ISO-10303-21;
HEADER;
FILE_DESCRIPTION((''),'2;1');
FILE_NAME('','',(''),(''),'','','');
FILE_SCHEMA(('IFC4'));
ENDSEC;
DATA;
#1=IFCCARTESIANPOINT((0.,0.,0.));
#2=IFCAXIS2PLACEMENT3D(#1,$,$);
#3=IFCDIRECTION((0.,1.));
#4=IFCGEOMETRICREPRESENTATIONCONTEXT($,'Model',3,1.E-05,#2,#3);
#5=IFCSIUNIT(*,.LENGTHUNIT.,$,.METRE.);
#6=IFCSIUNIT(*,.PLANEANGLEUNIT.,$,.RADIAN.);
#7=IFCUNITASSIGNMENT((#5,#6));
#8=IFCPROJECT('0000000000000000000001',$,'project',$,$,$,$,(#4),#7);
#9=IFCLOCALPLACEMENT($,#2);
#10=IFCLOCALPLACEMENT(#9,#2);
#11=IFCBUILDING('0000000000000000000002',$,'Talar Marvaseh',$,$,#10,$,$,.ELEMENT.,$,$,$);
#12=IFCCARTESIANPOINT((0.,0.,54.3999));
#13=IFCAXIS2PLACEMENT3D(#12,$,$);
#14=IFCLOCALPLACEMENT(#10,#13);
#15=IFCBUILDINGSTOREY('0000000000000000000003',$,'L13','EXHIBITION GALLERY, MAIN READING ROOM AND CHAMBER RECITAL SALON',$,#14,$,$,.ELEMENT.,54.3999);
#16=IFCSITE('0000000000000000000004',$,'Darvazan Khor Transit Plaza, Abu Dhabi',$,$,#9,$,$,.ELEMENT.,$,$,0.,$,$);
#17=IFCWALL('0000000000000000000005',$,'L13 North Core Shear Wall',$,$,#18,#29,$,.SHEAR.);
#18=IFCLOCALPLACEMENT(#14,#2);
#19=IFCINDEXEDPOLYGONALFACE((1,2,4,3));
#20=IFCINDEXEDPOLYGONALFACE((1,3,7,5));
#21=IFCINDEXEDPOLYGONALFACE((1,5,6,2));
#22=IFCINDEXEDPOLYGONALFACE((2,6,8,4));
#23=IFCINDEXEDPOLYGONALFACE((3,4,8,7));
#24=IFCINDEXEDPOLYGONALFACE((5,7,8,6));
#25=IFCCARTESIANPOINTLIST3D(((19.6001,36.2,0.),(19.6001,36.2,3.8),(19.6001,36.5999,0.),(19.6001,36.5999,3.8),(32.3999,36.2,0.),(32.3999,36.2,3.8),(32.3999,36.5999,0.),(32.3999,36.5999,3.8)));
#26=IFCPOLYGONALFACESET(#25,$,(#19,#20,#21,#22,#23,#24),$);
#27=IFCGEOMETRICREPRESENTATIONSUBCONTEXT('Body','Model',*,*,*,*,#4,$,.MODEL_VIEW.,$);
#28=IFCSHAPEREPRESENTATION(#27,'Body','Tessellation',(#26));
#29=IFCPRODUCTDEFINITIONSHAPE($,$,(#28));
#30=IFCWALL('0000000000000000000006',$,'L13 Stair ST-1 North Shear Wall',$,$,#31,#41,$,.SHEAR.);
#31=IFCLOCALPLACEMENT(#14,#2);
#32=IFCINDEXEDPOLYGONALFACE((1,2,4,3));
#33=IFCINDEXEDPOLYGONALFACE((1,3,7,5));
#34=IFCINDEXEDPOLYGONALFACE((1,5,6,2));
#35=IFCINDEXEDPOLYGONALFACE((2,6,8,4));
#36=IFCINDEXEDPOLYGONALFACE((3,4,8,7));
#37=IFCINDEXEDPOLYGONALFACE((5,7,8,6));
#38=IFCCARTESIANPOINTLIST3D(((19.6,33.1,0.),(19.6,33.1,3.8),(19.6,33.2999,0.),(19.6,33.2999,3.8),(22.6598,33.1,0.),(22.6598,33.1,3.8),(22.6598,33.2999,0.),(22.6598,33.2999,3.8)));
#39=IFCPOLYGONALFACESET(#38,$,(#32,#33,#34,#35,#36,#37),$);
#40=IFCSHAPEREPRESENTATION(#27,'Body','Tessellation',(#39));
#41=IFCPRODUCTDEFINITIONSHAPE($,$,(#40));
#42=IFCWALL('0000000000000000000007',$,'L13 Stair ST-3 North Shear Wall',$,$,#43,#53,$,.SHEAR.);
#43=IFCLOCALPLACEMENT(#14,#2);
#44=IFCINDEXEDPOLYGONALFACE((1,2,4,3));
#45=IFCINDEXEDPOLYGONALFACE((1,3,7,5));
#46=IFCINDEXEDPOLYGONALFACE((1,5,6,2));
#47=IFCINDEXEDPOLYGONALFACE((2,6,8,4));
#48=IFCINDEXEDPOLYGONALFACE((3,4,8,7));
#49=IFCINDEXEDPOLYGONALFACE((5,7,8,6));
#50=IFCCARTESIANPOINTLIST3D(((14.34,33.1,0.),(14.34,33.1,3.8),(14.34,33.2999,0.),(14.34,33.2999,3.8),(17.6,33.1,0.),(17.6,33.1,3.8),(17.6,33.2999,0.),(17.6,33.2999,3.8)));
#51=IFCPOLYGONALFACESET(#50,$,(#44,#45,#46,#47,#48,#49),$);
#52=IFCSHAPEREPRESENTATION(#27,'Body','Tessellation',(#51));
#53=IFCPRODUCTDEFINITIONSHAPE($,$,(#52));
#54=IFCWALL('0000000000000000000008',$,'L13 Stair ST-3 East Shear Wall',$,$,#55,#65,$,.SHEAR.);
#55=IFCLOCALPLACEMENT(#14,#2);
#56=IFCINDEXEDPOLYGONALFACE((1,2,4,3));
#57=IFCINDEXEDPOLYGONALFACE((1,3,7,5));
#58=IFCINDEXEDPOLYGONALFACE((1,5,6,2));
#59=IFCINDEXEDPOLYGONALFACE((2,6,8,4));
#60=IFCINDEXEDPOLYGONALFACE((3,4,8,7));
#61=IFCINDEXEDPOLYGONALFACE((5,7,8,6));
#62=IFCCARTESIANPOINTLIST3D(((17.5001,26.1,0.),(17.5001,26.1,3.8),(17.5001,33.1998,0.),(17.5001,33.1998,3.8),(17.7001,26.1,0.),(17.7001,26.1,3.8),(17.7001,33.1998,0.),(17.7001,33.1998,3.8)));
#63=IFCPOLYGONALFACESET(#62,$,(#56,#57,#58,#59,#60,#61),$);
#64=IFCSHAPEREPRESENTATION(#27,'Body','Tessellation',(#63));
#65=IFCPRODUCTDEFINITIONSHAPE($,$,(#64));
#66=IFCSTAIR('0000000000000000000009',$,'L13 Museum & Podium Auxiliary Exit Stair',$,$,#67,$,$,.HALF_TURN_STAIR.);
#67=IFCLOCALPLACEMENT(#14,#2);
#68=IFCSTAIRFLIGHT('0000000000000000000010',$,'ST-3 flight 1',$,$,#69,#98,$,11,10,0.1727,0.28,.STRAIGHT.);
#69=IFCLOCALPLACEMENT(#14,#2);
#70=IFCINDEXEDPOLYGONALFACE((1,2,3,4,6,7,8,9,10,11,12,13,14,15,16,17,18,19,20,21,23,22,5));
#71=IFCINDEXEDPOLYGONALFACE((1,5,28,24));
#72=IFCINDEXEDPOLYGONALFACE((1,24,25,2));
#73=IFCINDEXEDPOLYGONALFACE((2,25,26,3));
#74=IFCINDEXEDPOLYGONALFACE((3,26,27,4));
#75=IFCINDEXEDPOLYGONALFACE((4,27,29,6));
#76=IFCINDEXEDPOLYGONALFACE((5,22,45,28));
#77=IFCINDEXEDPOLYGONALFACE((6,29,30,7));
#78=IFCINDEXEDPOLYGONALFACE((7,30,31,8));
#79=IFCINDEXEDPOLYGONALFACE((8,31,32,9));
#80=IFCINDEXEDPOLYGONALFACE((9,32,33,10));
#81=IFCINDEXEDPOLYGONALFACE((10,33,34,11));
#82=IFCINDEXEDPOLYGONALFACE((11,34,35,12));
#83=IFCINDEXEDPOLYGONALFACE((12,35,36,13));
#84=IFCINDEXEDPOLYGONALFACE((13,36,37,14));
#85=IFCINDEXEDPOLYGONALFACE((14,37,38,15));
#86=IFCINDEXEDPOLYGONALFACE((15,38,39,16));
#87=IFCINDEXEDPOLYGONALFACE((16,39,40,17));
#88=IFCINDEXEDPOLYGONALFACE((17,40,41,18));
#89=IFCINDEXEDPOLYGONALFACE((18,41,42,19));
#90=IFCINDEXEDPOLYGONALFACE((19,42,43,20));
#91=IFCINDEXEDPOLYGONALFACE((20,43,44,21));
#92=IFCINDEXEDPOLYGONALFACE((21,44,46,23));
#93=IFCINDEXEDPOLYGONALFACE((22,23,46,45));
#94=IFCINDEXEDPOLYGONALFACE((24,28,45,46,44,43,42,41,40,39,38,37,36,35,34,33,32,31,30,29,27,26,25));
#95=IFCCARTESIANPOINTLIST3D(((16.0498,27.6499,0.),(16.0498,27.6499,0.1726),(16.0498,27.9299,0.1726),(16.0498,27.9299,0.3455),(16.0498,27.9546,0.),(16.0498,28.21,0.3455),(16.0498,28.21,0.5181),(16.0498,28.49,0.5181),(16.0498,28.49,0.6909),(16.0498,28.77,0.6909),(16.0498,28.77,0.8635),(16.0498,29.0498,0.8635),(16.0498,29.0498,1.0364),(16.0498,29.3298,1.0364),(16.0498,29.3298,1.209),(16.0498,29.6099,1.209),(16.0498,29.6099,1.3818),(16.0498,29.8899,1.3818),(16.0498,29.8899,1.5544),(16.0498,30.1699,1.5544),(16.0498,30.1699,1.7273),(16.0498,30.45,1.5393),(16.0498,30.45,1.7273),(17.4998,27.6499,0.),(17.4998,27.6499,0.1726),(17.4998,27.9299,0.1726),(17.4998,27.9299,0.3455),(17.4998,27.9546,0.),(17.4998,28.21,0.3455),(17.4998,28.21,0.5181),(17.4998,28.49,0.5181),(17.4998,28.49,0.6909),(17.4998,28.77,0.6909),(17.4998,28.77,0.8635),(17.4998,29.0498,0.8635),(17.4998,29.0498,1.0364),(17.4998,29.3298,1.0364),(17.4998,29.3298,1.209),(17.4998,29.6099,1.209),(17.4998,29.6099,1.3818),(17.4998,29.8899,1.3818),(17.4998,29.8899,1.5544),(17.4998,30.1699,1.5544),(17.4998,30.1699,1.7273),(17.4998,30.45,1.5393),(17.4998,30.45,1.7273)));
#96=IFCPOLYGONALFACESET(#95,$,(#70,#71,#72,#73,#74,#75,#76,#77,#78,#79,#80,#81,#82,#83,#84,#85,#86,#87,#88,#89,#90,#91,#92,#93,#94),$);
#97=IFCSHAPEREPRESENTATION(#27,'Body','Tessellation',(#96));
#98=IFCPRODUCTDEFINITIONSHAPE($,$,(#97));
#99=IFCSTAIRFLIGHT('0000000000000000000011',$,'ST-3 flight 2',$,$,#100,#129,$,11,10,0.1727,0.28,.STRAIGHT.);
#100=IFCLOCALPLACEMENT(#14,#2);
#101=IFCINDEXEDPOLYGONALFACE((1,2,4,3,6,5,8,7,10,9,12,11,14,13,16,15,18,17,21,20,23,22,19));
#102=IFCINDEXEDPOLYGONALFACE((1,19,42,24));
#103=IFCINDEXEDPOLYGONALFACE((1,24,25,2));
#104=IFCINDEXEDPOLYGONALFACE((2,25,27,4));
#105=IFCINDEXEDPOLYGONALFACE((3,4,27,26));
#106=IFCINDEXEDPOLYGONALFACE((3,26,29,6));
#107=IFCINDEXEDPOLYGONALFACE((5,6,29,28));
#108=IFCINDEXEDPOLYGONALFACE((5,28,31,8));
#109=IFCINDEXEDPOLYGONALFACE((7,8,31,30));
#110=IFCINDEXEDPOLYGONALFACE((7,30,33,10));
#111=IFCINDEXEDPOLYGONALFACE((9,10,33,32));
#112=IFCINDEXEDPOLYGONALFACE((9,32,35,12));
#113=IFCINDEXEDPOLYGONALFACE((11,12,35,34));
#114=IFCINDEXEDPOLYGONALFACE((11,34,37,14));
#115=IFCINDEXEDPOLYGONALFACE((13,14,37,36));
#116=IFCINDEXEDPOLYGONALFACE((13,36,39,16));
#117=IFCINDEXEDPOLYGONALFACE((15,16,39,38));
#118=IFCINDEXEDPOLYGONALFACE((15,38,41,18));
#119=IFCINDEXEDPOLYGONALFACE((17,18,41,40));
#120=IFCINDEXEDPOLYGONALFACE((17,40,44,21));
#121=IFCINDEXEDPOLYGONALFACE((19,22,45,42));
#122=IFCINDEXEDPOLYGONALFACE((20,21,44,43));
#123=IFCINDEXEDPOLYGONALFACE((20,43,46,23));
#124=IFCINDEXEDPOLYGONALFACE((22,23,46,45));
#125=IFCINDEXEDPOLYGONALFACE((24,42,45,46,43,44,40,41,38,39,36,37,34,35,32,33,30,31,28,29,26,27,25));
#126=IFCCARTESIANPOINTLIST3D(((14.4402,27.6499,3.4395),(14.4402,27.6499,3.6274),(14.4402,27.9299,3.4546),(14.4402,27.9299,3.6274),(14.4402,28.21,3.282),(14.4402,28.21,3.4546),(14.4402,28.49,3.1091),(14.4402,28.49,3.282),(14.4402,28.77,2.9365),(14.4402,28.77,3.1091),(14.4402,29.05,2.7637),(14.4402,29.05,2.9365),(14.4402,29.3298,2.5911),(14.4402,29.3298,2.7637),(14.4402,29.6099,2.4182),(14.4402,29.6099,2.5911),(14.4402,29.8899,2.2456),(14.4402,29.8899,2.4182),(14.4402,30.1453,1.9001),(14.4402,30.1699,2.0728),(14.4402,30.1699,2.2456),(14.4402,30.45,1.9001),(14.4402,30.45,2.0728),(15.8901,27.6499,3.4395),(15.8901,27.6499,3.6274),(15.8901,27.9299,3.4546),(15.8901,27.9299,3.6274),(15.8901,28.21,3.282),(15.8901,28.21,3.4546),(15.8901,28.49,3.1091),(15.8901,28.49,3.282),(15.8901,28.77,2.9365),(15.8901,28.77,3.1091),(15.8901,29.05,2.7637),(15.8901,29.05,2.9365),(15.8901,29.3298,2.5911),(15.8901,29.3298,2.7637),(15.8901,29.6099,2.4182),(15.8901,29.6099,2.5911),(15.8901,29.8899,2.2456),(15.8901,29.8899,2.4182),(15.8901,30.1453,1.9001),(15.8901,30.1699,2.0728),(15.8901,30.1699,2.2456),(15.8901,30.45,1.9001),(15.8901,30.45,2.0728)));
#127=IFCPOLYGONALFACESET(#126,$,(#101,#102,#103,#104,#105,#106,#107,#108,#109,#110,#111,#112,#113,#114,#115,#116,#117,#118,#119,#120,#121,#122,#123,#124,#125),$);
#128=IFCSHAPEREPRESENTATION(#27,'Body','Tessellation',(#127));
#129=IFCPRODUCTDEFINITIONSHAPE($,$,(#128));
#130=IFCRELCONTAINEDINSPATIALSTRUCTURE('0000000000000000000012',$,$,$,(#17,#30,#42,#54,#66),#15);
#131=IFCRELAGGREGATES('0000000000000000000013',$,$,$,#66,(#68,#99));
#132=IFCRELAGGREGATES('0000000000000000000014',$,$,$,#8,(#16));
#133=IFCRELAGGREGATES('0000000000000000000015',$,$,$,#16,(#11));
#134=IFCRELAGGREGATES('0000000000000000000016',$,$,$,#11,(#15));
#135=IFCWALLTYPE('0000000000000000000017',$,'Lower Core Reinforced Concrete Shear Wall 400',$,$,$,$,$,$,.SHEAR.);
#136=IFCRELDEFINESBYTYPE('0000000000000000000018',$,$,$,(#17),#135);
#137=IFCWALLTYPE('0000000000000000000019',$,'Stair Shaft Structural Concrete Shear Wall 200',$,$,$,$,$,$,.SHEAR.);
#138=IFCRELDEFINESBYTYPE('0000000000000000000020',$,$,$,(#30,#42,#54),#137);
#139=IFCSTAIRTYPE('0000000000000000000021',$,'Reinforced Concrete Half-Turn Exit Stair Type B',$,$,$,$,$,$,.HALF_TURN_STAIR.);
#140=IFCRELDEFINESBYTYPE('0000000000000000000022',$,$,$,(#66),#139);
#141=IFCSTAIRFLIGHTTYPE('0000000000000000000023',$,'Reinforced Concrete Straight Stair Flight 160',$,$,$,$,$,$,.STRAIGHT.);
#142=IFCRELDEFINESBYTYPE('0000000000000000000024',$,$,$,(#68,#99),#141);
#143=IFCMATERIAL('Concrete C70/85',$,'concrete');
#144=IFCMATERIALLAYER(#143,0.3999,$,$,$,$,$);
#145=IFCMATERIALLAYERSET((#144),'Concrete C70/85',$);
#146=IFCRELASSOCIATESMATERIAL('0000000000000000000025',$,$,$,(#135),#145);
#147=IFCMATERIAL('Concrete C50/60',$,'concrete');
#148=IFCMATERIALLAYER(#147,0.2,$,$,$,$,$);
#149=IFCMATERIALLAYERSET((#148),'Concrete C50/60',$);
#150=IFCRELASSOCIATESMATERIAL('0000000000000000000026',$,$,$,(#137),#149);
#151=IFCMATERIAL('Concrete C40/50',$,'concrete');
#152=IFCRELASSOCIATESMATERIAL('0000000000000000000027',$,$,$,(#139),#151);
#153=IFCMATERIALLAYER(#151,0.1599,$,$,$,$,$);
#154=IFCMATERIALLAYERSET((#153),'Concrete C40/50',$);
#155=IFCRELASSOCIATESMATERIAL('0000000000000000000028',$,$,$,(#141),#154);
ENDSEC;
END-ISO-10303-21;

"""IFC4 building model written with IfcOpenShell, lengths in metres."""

from ifc_helpers import new_model, si_unit, direction, frame, frame_2d, origin, place, context, subcontext, project, spatial, polyline, rectangle, outline, extrude, material, layer, layer_set, type_object, element, aggregate, save


model = new_model("IFC4")

# Units and contexts
model_context = context("Model", 3, precision=1e-05, world=origin(), true_north=direction((0.0, 1.0)))
body_context = subcontext(model_context, "Body", "Model", "MODEL_VIEW")
ifc_project = project(units=[si_unit("LENGTHUNIT", "METRE"), si_unit("PLANEANGLEUNIT", "RADIAN")], contexts=[model_context])

# Site, building, storey
site_placement = place(None, origin())
site = spatial("IfcSite", under=ifc_project, at=site_placement, Name="Darvazan Khor Transit Plaza, Abu Dhabi", CompositionType="ELEMENT", RefElevation=0.0)
building_placement = place(site_placement, origin())
building = spatial("IfcBuilding", under=site, at=building_placement, Name="Talar Marvaseh", CompositionType="ELEMENT")
storey_placement = place(building_placement, frame((0.0, 0.0, 54.3999)))
storey = spatial("IfcBuildingStorey", under=building, at=storey_placement, Name="L13", Description="EXHIBITION GALLERY, MAIN READING ROOM AND CHAMBER RECITAL SALON", CompositionType="ELEMENT", Elevation=54.3999)

# Shared definitions
ifc_material_1 = material(Name="Concrete C70/85", Category="concrete")

# Shared definitions
ifc_material_2 = material(Name="Concrete C40/50", Category="concrete")

# Walls
ifc_layer_1 = layer(ifc_material_1, 0.3999)
ifc_layer_set_1 = layer_set([ifc_layer_1], Name="Concrete C70/85")
wall_type_1 = type_object("IfcWallType", Name="Lower Core Reinforced Concrete Shear Wall 400", PredefinedType="SHEAR", material=ifc_layer_set_1)
wall_1_placement = place(storey_placement, frame((19.6001, 36.3999, 0.0), z_axis=(0.0, 0.0, 1.0), x_axis=(1.0, 0.0, 0.0)))
element("IfcWall", 1, at=wall_1_placement, inside=storey, type_object=wall_type_1, Name="L13 North Core Shear Wall", PredefinedType="SHEAR", context=body_context, shape_type="SweptSolid", body=[
    extrude(rectangle(XDim=12.7998, YDim=0.3999, at=frame_2d((6.3999, 0.0))), origin(), (0.0, 0.0, 1.0), 3.8),
])
ifc_material_3 = material(Name="Concrete C50/60", Category="concrete")
ifc_layer_2 = layer(ifc_material_3, 0.2)
ifc_layer_set_2 = layer_set([ifc_layer_2], Name="Concrete C50/60")
wall_type_2 = type_object("IfcWallType", Name="Stair Shaft Structural Concrete Shear Wall 200", PredefinedType="SHEAR", material=ifc_layer_set_2)
wall_2_placement = place(storey_placement, frame((19.6001, 33.2, 0.0), z_axis=(0.0, 0.0, 1.0), x_axis=(1.0, 0.0, 0.0)))
element("IfcWall", 2, at=wall_2_placement, inside=storey, type_object=wall_type_2, Name="L13 Stair ST-1 North Shear Wall", PredefinedType="SHEAR", context=body_context, shape_type="SweptSolid", body=[
    extrude(rectangle(XDim=3.0598, YDim=0.2, at=frame_2d((1.5298, 0.0))), origin(), (0.0, 0.0, 1.0), 3.8),
])

# Walls
wall_3_placement = place(storey_placement, frame((14.3401, 33.2, 0.0), z_axis=(0.0, 0.0, 1.0), x_axis=(1.0, 0.0, 0.0)))
element("IfcWall", 3, at=wall_3_placement, inside=storey, type_object=wall_type_2, Name="L13 Stair ST-3 North Shear Wall", PredefinedType="SHEAR", context=body_context, shape_type="SweptSolid", body=[
    extrude(rectangle(XDim=3.26, YDim=0.2, at=frame_2d((1.6299, 0.0))), origin(), (0.0, 0.0, 1.0), 3.8),
])
wall_4_placement = place(storey_placement, frame((17.6001, 26.1001, 0.0), z_axis=(0.0, 0.0, 1.0), x_axis=(0.0, 1.0, 0.0)))
element("IfcWall", 4, at=wall_4_placement, inside=storey, type_object=wall_type_2, Name="L13 Stair ST-3 East Shear Wall", PredefinedType="SHEAR", context=body_context, shape_type="SweptSolid", body=[
    extrude(rectangle(XDim=7.0999, YDim=0.2, at=frame_2d((3.5498, 0.0))), origin(), (0.0, 0.0, 1.0), 3.8),
])

# Stair, stair flights
stair_type = type_object("IfcStairType", Name="Reinforced Concrete Half-Turn Exit Stair Type B", PredefinedType="HALF_TURN_STAIR", material=ifc_material_2)
stair_placement = place(storey_placement, origin())
stair = element("IfcStair", 5, at=stair_placement, inside=storey, type_object=stair_type, Name="L13 Museum & Podium Auxiliary Exit Stair", PredefinedType="HALF_TURN_STAIR")
ifc_layer_3 = layer(ifc_material_2, 0.1599)
ifc_layer_set_3 = layer_set([ifc_layer_3], Name="Concrete C40/50")
stair_flight_type = type_object("IfcStairFlightType", Name="Reinforced Concrete Straight Stair Flight 160", PredefinedType="STRAIGHT", material=ifc_layer_set_3)
stair_flight_1_placement = place(storey_placement, frame((16.7749, 27.6499, 0.0), z_axis=(0.0, 0.0, 1.0), x_axis=(0.0, 1.0, 0.0)))
stair_flight_1 = element("IfcStairFlight", 6, at=stair_flight_1_placement, type_object=stair_flight_type, Name="ST-3 flight 1", NumberOfRisers=11, NumberOfTreads=10, PredefinedType="STRAIGHT", RiserHeight=0.1727, TreadLength=0.28, context=body_context, shape_type="SweptSolid", body=[
    extrude(outline(polyline([(0.0, 0.0), (0.0, 0.1726), (0.28, 0.1726), (0.28, 0.3455), (0.5601, 0.3455), (0.5601, 0.5181), (0.8401, 0.5181), (0.8401, 0.6909), (1.1201, 0.6909), (1.1201, 0.8635), (1.3999, 0.8635), (1.3999, 1.0364), (1.6799, 1.0364), (1.6799, 1.209), (1.96, 1.209), (1.96, 1.3818), (2.24, 1.3818), (2.24, 1.5544), (2.52, 1.5544), (2.52, 1.7273), (2.8, 1.7273), (2.8, 1.8999), (2.8, 1.5393), (0.3047, 0.0), (0.0, 0.0)])), frame((0.0, 0.7251, 0.0), z_axis=(0.0, -1.0, 0.0), x_axis=(1.0, 0.0, 0.0)), (0.0, 0.0, 1.0), 1.45),
])
stair_flight_2_placement = place(storey_placement, frame((15.165, 30.45, 1.9001), z_axis=(0.0, 0.0, 1.0), x_axis=(0.0, -1.0, 0.0)))
stair_flight_2 = element("IfcStairFlight", 7, at=stair_flight_2_placement, type_object=stair_flight_type, Name="ST-3 flight 2", NumberOfRisers=11, NumberOfTreads=10, PredefinedType="STRAIGHT", RiserHeight=0.1727, TreadLength=0.28, context=body_context, shape_type="SweptSolid", body=[
    extrude(outline(polyline([(0.0, 0.0), (0.0, 0.1726), (0.28, 0.1726), (0.28, 0.3455), (0.5601, 0.3455), (0.5601, 0.5181), (0.8401, 0.5181), (0.8401, 0.6909), (1.1201, 0.6909), (1.1201, 0.8635), (1.3999, 0.8635), (1.3999, 1.0364), (1.6799, 1.0364), (1.6799, 1.209), (1.96, 1.209), (1.96, 1.3818), (2.24, 1.3818), (2.24, 1.5544), (2.52, 1.5544), (2.52, 1.7273), (2.8, 1.7273), (2.8, 1.8999), (2.8, 1.5393), (0.3047, 0.0), (0.0, 0.0)])), frame((0.0, 0.7251, 0.0), z_axis=(0.0, -1.0, 0.0), x_axis=(1.0, 0.0, 0.0)), (0.0, 0.0, 1.0), 1.45),
])
aggregate(stair, [stair_flight_1, stair_flight_2])

save(model, "model.ifc")
